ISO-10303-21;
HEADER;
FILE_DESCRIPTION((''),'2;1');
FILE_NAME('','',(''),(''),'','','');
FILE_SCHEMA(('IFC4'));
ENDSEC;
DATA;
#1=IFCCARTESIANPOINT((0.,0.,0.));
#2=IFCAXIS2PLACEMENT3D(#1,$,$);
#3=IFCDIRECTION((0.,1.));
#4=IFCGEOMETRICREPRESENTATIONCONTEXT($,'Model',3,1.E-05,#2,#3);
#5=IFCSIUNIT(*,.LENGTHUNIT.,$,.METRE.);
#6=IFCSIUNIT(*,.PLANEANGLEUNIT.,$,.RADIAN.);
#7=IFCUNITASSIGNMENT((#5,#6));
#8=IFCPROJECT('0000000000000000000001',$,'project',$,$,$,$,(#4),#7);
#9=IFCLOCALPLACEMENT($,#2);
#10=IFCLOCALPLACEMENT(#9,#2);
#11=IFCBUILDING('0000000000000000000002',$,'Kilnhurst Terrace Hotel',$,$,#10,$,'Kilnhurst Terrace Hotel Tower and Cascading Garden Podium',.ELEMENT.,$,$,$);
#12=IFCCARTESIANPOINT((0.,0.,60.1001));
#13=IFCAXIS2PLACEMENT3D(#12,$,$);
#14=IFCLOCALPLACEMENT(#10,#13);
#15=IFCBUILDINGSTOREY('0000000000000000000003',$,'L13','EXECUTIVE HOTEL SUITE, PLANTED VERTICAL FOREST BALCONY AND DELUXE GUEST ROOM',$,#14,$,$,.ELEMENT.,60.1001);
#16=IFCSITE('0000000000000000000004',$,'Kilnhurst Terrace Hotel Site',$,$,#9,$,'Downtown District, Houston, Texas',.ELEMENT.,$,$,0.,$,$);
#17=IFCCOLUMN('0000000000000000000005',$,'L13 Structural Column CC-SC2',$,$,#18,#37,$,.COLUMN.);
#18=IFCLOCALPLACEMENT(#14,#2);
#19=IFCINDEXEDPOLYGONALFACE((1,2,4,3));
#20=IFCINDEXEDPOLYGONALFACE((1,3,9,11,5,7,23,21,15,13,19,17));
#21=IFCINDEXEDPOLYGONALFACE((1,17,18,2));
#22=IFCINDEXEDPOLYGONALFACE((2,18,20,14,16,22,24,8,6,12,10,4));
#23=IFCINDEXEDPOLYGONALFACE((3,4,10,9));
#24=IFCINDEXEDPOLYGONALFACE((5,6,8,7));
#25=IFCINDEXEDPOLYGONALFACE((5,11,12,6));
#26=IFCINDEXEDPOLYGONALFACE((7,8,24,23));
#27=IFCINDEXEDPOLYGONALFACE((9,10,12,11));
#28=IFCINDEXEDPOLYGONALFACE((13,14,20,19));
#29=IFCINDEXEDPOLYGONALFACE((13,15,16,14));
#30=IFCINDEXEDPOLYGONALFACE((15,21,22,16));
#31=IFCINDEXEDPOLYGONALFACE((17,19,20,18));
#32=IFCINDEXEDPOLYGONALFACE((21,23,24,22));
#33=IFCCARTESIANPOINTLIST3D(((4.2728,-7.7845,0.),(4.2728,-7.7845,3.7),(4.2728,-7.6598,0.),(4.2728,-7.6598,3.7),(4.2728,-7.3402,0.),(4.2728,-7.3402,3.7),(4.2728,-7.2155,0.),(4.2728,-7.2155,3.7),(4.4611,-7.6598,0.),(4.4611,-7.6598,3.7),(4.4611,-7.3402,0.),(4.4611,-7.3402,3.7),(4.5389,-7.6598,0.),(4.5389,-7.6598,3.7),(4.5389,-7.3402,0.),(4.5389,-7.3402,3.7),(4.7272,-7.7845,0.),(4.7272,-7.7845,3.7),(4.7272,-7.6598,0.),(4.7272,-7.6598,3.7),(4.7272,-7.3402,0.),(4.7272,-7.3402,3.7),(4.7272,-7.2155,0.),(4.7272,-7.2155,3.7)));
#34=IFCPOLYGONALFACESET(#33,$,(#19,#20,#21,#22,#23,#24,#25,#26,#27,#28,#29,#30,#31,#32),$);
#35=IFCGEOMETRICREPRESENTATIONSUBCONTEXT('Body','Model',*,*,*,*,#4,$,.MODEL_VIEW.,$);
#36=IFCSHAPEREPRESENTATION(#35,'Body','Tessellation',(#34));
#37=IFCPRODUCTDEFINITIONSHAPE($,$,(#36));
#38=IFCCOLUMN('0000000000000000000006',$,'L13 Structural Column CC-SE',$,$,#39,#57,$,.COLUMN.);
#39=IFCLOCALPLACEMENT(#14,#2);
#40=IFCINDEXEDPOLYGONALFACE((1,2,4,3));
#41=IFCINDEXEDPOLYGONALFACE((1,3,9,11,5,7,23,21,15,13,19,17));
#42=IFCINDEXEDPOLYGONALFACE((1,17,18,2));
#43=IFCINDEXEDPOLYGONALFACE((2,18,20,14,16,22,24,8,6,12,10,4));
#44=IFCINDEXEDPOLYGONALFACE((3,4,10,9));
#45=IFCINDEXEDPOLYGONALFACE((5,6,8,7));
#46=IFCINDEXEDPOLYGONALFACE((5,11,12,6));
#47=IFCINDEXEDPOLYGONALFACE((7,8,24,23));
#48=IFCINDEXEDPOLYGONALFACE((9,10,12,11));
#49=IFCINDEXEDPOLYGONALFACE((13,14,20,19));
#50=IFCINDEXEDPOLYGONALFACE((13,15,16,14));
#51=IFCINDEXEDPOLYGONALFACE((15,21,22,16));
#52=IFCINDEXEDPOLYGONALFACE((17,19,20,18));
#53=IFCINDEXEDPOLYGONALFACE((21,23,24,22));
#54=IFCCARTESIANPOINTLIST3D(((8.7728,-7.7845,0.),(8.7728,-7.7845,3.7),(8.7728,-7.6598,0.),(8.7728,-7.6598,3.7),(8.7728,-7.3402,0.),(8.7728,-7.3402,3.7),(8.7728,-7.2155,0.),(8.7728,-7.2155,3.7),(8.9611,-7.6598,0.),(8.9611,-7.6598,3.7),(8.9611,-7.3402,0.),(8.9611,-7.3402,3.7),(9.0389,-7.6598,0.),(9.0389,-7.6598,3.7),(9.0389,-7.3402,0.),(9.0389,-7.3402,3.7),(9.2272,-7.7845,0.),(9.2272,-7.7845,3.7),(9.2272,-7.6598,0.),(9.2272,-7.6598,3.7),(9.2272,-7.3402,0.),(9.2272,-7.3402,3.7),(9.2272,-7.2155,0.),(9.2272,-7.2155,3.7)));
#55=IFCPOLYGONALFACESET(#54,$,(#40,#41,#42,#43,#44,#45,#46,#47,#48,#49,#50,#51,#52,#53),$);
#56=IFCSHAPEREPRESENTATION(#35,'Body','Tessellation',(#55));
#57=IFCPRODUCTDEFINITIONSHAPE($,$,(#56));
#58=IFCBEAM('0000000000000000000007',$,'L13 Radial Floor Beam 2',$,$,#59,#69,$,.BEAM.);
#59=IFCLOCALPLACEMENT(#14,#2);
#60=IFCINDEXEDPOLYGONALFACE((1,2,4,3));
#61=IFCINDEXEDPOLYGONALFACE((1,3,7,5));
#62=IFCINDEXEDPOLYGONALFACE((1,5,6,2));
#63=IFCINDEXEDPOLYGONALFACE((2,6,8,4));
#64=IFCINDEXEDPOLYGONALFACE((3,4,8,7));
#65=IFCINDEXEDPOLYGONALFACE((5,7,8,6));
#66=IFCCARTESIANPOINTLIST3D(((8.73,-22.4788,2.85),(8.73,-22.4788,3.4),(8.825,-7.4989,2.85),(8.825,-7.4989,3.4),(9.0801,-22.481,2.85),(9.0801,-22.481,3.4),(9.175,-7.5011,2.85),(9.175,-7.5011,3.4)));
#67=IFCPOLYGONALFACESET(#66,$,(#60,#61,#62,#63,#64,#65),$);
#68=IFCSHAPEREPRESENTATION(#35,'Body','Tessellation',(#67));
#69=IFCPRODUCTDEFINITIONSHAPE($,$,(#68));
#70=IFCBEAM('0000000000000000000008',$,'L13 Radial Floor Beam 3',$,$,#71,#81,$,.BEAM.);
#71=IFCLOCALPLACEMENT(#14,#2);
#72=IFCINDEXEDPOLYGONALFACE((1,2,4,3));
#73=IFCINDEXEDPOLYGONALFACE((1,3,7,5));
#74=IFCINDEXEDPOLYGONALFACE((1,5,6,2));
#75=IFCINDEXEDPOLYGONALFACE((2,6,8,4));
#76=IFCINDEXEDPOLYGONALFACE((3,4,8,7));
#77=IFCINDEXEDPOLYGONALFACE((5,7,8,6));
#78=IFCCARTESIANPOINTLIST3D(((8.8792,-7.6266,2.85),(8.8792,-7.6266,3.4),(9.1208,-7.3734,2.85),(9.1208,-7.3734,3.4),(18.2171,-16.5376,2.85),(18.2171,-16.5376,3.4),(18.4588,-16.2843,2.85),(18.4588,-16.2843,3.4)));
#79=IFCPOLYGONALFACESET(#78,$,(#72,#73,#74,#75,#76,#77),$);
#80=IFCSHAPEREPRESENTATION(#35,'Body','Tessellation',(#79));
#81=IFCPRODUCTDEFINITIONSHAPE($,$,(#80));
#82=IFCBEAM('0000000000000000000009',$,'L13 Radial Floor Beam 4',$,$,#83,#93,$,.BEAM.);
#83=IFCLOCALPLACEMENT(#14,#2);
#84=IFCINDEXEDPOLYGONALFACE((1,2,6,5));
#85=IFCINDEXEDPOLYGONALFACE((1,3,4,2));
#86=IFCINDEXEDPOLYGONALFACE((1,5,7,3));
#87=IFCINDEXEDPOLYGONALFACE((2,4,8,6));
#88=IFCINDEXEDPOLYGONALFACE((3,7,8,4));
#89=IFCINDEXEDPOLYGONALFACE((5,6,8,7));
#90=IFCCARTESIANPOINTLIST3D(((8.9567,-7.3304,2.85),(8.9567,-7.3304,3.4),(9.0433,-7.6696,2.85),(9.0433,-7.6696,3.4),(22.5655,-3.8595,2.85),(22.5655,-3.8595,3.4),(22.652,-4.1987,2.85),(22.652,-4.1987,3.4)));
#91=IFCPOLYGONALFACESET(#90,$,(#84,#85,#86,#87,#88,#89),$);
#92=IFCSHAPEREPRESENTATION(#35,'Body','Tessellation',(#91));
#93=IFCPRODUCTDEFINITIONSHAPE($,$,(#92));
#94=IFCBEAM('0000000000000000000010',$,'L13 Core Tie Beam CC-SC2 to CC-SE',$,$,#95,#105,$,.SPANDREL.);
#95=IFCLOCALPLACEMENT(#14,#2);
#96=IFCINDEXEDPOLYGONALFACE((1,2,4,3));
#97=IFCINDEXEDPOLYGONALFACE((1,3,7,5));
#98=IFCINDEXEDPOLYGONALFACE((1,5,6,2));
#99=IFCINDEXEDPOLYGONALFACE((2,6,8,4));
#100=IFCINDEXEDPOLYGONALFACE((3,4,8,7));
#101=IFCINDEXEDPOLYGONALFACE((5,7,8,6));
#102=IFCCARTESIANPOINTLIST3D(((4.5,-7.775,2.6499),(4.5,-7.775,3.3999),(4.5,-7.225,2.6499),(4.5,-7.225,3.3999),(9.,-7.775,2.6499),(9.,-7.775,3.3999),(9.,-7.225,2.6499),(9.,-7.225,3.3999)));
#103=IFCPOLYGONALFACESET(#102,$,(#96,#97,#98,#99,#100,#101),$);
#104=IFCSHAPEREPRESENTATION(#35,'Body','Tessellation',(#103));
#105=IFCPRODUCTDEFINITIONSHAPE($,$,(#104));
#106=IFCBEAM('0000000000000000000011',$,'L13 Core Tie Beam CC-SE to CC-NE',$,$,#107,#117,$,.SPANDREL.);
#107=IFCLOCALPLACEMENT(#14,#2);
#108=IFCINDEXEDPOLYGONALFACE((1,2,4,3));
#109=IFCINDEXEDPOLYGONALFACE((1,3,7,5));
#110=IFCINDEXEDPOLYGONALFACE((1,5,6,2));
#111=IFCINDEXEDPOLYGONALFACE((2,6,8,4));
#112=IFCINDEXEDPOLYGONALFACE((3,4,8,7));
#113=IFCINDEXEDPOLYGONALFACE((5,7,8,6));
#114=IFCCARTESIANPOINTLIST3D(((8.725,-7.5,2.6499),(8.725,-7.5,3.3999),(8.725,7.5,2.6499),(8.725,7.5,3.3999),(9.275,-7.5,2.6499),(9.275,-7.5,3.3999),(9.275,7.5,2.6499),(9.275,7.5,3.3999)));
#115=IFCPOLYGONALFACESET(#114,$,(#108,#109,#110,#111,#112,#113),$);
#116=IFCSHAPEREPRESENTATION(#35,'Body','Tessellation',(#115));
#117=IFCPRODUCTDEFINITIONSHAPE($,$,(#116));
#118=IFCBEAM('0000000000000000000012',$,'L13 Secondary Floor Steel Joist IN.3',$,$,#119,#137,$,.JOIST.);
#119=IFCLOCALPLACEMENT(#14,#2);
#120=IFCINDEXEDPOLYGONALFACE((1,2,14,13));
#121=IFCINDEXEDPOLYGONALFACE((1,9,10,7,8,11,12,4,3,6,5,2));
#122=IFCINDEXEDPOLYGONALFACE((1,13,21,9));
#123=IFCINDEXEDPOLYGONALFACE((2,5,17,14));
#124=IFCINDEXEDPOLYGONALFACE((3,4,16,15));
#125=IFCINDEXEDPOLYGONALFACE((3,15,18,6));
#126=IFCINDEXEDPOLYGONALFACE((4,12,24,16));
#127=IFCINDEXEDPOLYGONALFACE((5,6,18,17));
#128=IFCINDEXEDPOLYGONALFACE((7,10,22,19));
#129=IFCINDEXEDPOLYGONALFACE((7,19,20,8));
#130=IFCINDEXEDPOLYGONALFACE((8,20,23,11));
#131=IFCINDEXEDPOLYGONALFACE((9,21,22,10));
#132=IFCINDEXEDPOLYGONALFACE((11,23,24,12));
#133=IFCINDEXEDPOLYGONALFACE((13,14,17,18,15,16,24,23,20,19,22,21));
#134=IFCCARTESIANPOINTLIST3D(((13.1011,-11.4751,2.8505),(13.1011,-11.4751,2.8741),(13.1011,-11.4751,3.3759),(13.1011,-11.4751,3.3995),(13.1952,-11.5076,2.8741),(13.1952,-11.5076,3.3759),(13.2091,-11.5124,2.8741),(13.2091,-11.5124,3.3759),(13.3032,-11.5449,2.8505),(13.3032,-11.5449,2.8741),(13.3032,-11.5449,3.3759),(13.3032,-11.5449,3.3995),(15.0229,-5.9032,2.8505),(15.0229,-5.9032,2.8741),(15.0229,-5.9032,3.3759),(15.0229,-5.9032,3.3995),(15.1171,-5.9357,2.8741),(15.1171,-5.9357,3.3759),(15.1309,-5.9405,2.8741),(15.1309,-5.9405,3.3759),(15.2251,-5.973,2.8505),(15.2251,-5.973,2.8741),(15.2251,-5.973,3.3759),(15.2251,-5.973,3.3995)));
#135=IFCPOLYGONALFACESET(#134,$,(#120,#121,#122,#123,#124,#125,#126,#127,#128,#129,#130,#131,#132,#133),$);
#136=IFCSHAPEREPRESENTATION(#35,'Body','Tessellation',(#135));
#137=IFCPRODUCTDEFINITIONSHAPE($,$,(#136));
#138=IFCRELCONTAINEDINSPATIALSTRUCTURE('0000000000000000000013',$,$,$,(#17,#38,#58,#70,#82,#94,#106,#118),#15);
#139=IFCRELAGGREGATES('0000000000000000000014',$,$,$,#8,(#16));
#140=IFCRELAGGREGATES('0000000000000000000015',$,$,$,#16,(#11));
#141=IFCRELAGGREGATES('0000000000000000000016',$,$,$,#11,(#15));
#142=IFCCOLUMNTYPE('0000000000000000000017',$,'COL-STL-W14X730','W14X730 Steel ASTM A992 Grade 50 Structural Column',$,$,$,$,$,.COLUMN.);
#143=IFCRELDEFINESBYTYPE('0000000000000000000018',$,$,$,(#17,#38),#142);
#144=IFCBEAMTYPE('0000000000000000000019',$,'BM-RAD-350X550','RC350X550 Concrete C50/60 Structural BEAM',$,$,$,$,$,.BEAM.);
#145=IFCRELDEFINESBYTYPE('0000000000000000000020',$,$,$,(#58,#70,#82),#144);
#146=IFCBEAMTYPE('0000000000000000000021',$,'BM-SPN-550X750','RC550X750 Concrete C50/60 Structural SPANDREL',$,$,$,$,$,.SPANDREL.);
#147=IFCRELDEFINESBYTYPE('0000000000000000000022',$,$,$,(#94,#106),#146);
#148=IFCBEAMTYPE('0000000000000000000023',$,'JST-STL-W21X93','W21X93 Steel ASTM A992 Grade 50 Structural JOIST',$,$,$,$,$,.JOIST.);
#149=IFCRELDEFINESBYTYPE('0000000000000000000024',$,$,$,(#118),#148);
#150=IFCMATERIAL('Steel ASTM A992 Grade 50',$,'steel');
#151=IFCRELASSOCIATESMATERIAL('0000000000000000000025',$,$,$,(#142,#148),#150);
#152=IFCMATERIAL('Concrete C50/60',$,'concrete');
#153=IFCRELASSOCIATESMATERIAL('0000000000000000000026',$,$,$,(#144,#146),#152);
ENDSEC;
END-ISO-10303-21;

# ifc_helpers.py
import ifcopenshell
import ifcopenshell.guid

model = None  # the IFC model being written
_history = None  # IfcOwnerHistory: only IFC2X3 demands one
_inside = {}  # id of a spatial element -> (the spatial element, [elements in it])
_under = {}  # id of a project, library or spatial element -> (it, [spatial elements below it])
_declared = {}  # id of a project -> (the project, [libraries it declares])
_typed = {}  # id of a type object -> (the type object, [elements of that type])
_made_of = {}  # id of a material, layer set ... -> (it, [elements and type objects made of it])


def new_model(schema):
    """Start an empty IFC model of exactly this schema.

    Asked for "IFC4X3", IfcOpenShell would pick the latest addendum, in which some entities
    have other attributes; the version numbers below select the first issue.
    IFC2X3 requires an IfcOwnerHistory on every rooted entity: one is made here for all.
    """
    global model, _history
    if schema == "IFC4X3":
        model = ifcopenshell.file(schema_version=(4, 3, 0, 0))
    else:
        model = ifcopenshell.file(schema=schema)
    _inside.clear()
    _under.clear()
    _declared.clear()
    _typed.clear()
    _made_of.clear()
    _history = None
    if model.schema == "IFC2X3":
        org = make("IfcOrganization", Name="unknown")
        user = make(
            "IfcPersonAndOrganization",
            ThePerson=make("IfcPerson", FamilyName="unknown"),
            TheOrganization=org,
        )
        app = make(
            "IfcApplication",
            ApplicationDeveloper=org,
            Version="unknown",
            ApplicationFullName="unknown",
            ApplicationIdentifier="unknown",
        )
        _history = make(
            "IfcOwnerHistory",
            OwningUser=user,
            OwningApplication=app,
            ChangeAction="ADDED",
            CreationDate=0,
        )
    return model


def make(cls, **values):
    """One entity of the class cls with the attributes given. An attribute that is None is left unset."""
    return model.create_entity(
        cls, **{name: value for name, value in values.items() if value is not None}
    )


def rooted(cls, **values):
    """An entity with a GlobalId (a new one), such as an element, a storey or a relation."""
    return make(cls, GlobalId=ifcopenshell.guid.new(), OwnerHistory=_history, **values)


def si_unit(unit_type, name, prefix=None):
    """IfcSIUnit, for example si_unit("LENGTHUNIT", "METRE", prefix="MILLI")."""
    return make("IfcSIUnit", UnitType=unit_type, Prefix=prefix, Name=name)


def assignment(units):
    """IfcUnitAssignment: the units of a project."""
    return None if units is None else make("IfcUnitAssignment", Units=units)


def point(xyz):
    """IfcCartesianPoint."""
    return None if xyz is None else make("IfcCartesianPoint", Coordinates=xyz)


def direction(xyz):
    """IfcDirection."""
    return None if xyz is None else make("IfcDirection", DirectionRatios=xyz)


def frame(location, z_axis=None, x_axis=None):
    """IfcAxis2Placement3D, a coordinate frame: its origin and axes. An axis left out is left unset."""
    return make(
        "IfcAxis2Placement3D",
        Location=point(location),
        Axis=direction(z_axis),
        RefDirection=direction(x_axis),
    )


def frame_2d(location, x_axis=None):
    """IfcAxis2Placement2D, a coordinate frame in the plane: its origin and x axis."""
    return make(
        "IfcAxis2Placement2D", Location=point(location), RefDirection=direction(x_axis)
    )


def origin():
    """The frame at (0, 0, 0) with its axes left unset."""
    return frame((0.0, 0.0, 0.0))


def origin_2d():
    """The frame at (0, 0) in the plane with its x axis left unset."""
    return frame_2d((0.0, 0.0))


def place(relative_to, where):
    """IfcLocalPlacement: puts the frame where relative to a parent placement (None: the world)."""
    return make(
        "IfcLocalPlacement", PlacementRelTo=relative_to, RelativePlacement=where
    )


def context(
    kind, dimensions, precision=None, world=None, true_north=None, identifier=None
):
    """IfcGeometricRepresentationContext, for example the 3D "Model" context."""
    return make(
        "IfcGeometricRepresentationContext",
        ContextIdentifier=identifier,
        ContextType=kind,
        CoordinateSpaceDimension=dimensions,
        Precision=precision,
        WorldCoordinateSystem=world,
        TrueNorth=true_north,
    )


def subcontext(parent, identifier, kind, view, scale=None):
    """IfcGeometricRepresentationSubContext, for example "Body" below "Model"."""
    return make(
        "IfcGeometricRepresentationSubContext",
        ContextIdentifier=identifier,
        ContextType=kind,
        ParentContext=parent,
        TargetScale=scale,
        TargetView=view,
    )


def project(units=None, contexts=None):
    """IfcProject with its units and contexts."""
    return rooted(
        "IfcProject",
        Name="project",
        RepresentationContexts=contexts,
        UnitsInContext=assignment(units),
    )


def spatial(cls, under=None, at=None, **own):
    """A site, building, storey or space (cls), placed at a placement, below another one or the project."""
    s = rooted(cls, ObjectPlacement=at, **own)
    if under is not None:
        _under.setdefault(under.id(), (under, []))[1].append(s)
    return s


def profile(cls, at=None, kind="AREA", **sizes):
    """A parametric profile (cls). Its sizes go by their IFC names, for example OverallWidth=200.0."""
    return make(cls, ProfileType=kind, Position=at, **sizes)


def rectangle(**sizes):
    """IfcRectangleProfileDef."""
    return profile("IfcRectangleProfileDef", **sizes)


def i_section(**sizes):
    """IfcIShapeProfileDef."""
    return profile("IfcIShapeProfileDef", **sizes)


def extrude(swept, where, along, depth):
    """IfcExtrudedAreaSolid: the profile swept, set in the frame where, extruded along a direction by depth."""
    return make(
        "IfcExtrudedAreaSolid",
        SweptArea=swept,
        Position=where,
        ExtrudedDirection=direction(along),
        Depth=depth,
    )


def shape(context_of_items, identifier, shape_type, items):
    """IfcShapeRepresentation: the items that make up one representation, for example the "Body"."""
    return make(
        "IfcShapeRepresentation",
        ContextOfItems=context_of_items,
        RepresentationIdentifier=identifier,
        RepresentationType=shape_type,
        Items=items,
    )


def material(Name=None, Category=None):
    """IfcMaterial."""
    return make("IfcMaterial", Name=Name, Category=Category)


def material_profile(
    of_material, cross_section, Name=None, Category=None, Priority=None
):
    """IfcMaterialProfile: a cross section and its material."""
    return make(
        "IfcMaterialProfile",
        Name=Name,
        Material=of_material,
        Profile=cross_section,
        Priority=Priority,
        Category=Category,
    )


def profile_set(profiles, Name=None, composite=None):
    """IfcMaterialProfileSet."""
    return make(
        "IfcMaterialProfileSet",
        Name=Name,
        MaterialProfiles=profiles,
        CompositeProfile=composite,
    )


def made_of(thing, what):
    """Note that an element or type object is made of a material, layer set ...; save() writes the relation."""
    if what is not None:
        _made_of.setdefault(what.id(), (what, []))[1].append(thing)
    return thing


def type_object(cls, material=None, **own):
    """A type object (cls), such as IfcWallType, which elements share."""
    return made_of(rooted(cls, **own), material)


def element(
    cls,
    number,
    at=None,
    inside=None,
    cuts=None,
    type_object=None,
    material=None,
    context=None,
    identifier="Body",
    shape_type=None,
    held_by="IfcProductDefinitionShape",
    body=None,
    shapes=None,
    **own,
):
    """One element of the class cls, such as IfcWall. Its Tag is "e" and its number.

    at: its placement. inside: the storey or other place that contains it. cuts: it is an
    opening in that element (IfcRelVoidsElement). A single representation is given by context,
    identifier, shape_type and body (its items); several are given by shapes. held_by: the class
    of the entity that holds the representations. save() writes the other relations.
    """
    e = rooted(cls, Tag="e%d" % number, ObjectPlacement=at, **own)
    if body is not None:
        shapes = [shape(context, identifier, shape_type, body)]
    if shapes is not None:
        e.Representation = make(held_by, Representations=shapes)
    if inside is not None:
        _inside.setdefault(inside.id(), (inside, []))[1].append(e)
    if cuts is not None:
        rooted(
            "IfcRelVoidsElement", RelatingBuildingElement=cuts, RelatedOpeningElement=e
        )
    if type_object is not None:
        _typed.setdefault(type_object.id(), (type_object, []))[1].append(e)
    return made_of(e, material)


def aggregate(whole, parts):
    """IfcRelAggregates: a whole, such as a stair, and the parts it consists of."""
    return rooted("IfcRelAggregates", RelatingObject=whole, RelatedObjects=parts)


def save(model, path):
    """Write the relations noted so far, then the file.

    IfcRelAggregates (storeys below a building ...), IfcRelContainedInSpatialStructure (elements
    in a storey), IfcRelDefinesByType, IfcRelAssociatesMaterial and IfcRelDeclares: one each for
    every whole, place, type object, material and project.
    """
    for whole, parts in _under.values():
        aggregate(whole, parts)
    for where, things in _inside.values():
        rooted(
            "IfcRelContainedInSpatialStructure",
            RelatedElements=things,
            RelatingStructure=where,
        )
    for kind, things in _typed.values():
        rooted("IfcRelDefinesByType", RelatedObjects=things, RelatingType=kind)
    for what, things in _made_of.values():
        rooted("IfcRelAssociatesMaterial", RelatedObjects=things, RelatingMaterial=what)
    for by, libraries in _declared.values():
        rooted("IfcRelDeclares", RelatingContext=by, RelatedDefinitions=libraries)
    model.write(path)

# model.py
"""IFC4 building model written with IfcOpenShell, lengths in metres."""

from ifc_helpers import new_model, si_unit, direction, frame, origin, origin_2d, place, context, subcontext, project, spatial, rectangle, i_section, extrude, material, material_profile, profile_set, type_object, element, save


model = new_model("IFC4")

# Units and contexts
model_context = context("Model", 3, precision=1e-05, world=origin(), true_north=direction((0.0, 1.0)))
body_context = subcontext(model_context, "Body", "Model", "MODEL_VIEW")
ifc_project = project(units=[si_unit("LENGTHUNIT", "METRE"), si_unit("PLANEANGLEUNIT", "RADIAN")], contexts=[model_context])

# Site, building, storey
site_placement = place(None, origin())
site = spatial("IfcSite", under=ifc_project, at=site_placement, Name="Kilnhurst Terrace Hotel Site", LongName="Downtown District, Houston, Texas", CompositionType="ELEMENT", RefElevation=0.0)
building_placement = place(site_placement, origin())
building = spatial("IfcBuilding", under=site, at=building_placement, Name="Kilnhurst Terrace Hotel", LongName="Kilnhurst Terrace Hotel Tower and Cascading Garden Podium", CompositionType="ELEMENT")
storey_placement = place(building_placement, frame((0.0, 0.0, 60.1001)))
storey = spatial("IfcBuildingStorey", under=building, at=storey_placement, Name="L13", Description="EXECUTIVE HOTEL SUITE, PLANTED VERTICAL FOREST BALCONY AND DELUXE GUEST ROOM", CompositionType="ELEMENT", Elevation=60.1001)

# Columns
ifc_material_1 = material(Name="Steel ASTM A992 Grade 50", Category="steel")
ifc_material_profile_1 = material_profile(ifc_material_1, i_section(OverallWidth=0.4543, OverallDepth=0.5691, WebThickness=0.0779, FlangeThickness=0.1248, at=origin_2d()), Name="W14X730")
ifc_profile_set_1 = profile_set([ifc_material_profile_1], Name="Steel ASTM A992 Grade 50")
column_type = type_object("IfcColumnType", Name="COL-STL-W14X730", Description="W14X730 Steel ASTM A992 Grade 50 Structural Column", PredefinedType="COLUMN", material=ifc_profile_set_1)
for number, where, z_axis, x_axis, name in (
    (1, (4.5, -7.5, 0.0), (0.0, 0.0, 1.0), (1.0, 0.0, 0.0), "L13 Structural Column CC-SC2"),
    (2, (9.0, -7.5, 0.0), (0.0, 0.0, 1.0), (1.0, 0.0, 0.0), "L13 Structural Column CC-SE"),
):
    element("IfcColumn", number, at=place(storey_placement, frame(where, z_axis=z_axis, x_axis=x_axis)), inside=storey, type_object=column_type, Name=name, PredefinedType="COLUMN", context=body_context, shape_type="SweptSolid", body=[
        extrude(i_section(OverallWidth=0.4543, OverallDepth=0.5691, WebThickness=0.0779, FlangeThickness=0.1248, at=origin_2d()), origin(), (0.0, 0.0, 1.0), 3.7),
    ])

# Beams
ifc_material_2 = material(Name="Concrete C50/60", Category="concrete")
ifc_material_profile_2 = material_profile(ifc_material_2, rectangle(XDim=0.3501, YDim=0.55, at=origin_2d()), Name="RC350X550")
ifc_profile_set_2 = profile_set([ifc_material_profile_2], Name="Concrete C50/60")
beam_type_1 = type_object("IfcBeamType", Name="BM-RAD-350X550", Description="RC350X550 Concrete C50/60 Structural BEAM", PredefinedType="BEAM", material=ifc_profile_set_2)
beam_1_placement = place(storey_placement, frame((9.0, -7.5, 3.125), z_axis=(-0.00634, -0.99998, 0.0), x_axis=(0.99998, -0.00634, 0.0)))
element("IfcBeam", 3, at=beam_1_placement, inside=storey, type_object=beam_type_1, Name="L13 Radial Floor Beam 2", PredefinedType="BEAM", context=body_context, shape_type="SweptSolid", body=[
    extrude(rectangle(XDim=0.3501, YDim=0.55, at=origin_2d()), origin(), (0.0, 0.0, 1.0), 14.9802),
])
beam_2_placement = place(storey_placement, frame((9.0, -7.5, 3.125), z_axis=(0.723454, -0.690372, 0.0), x_axis=(0.690372, 0.723454, 0.0)))
element("IfcBeam", 4, at=beam_2_placement, inside=storey, type_object=beam_type_1, Name="L13 Radial Floor Beam 3", PredefinedType="BEAM", context=body_context, shape_type="SweptSolid", body=[
    extrude(rectangle(XDim=0.3501, YDim=0.55, at=origin_2d()), origin(), (0.0, 0.0, 1.0), 12.9075),
])
beam_3_placement = place(storey_placement, frame((9.0, -7.5, 3.125), z_axis=(0.96898, 0.247138, 0.0), x_axis=(-0.247138, 0.96898, 0.0)))
element("IfcBeam", 5, at=beam_3_placement, inside=storey, type_object=beam_type_1, Name="L13 Radial Floor Beam 4", PredefinedType="BEAM", context=body_context, shape_type="SweptSolid", body=[
    extrude(rectangle(XDim=0.3501, YDim=0.55, at=origin_2d()), origin(), (0.0, 0.0, 1.0), 14.0444),
])
ifc_material_profile_3 = material_profile(ifc_material_2, rectangle(XDim=0.55, YDim=0.75, at=origin_2d()), Name="RC550X750")
ifc_profile_set_3 = profile_set([ifc_material_profile_3], Name="Concrete C50/60")
beam_type_2 = type_object("IfcBeamType", Name="BM-SPN-550X750", Description="RC550X750 Concrete C50/60 Structural SPANDREL", PredefinedType="SPANDREL", material=ifc_profile_set_3)
beam_4_placement = place(storey_placement, frame((4.5, -7.5, 3.0249), z_axis=(1.0, 0.0, 0.0), x_axis=(0.0, 1.0, 0.0)))
element("IfcBeam", 6, at=beam_4_placement, inside=storey, type_object=beam_type_2, Name="L13 Core Tie Beam CC-SC2 to CC-SE", PredefinedType="SPANDREL", context=body_context, shape_type="SweptSolid", body=[
    extrude(rectangle(XDim=0.55, YDim=0.75, at=origin_2d()), origin(), (0.0, 0.0, 1.0), 4.5),
])
beam_5_placement = place(storey_placement, frame((9.0, -7.5, 3.0249), z_axis=(0.0, 1.0, 0.0), x_axis=(-1.0, 0.0, 0.0)))
element("IfcBeam", 7, at=beam_5_placement, inside=storey, type_object=beam_type_2, Name="L13 Core Tie Beam CC-SE to CC-NE", PredefinedType="SPANDREL", context=body_context, shape_type="SweptSolid", body=[
    extrude(rectangle(XDim=0.55, YDim=0.75, at=origin_2d()), origin(), (0.0, 0.0, 1.0), 15.0),
])
ifc_material_profile_4 = material_profile(ifc_material_1, i_section(OverallWidth=0.2139, OverallDepth=0.5491, WebThickness=0.0146, FlangeThickness=0.0237, at=origin_2d()), Name="W21X93")
ifc_profile_set_4 = profile_set([ifc_material_profile_4], Name="Steel ASTM A992 Grade 50")
beam_type_3 = type_object("IfcBeamType", Name="JST-STL-W21X93", Description="W21X93 Steel ASTM A992 Grade 50 Structural JOIST", PredefinedType="JOIST", material=ifc_profile_set_4)
beam_6_placement = place(storey_placement, frame((13.2021, -11.51, 3.125), z_axis=(0.326065, 0.945347, 0.0), x_axis=(-0.945347, 0.326065, 0.0)))
element("IfcBeam", 8, at=beam_6_placement, inside=storey, type_object=beam_type_3, Name="L13 Secondary Floor Steel Joist IN.3", PredefinedType="JOIST", context=body_context, shape_type="SweptSolid", body=[
    extrude(i_section(OverallWidth=0.2139, OverallDepth=0.5491, WebThickness=0.0146, FlangeThickness=0.0237, at=origin_2d()), origin(), (0.0, 0.0, 1.0), 5.894),
])

save(model, "model.ifc")
